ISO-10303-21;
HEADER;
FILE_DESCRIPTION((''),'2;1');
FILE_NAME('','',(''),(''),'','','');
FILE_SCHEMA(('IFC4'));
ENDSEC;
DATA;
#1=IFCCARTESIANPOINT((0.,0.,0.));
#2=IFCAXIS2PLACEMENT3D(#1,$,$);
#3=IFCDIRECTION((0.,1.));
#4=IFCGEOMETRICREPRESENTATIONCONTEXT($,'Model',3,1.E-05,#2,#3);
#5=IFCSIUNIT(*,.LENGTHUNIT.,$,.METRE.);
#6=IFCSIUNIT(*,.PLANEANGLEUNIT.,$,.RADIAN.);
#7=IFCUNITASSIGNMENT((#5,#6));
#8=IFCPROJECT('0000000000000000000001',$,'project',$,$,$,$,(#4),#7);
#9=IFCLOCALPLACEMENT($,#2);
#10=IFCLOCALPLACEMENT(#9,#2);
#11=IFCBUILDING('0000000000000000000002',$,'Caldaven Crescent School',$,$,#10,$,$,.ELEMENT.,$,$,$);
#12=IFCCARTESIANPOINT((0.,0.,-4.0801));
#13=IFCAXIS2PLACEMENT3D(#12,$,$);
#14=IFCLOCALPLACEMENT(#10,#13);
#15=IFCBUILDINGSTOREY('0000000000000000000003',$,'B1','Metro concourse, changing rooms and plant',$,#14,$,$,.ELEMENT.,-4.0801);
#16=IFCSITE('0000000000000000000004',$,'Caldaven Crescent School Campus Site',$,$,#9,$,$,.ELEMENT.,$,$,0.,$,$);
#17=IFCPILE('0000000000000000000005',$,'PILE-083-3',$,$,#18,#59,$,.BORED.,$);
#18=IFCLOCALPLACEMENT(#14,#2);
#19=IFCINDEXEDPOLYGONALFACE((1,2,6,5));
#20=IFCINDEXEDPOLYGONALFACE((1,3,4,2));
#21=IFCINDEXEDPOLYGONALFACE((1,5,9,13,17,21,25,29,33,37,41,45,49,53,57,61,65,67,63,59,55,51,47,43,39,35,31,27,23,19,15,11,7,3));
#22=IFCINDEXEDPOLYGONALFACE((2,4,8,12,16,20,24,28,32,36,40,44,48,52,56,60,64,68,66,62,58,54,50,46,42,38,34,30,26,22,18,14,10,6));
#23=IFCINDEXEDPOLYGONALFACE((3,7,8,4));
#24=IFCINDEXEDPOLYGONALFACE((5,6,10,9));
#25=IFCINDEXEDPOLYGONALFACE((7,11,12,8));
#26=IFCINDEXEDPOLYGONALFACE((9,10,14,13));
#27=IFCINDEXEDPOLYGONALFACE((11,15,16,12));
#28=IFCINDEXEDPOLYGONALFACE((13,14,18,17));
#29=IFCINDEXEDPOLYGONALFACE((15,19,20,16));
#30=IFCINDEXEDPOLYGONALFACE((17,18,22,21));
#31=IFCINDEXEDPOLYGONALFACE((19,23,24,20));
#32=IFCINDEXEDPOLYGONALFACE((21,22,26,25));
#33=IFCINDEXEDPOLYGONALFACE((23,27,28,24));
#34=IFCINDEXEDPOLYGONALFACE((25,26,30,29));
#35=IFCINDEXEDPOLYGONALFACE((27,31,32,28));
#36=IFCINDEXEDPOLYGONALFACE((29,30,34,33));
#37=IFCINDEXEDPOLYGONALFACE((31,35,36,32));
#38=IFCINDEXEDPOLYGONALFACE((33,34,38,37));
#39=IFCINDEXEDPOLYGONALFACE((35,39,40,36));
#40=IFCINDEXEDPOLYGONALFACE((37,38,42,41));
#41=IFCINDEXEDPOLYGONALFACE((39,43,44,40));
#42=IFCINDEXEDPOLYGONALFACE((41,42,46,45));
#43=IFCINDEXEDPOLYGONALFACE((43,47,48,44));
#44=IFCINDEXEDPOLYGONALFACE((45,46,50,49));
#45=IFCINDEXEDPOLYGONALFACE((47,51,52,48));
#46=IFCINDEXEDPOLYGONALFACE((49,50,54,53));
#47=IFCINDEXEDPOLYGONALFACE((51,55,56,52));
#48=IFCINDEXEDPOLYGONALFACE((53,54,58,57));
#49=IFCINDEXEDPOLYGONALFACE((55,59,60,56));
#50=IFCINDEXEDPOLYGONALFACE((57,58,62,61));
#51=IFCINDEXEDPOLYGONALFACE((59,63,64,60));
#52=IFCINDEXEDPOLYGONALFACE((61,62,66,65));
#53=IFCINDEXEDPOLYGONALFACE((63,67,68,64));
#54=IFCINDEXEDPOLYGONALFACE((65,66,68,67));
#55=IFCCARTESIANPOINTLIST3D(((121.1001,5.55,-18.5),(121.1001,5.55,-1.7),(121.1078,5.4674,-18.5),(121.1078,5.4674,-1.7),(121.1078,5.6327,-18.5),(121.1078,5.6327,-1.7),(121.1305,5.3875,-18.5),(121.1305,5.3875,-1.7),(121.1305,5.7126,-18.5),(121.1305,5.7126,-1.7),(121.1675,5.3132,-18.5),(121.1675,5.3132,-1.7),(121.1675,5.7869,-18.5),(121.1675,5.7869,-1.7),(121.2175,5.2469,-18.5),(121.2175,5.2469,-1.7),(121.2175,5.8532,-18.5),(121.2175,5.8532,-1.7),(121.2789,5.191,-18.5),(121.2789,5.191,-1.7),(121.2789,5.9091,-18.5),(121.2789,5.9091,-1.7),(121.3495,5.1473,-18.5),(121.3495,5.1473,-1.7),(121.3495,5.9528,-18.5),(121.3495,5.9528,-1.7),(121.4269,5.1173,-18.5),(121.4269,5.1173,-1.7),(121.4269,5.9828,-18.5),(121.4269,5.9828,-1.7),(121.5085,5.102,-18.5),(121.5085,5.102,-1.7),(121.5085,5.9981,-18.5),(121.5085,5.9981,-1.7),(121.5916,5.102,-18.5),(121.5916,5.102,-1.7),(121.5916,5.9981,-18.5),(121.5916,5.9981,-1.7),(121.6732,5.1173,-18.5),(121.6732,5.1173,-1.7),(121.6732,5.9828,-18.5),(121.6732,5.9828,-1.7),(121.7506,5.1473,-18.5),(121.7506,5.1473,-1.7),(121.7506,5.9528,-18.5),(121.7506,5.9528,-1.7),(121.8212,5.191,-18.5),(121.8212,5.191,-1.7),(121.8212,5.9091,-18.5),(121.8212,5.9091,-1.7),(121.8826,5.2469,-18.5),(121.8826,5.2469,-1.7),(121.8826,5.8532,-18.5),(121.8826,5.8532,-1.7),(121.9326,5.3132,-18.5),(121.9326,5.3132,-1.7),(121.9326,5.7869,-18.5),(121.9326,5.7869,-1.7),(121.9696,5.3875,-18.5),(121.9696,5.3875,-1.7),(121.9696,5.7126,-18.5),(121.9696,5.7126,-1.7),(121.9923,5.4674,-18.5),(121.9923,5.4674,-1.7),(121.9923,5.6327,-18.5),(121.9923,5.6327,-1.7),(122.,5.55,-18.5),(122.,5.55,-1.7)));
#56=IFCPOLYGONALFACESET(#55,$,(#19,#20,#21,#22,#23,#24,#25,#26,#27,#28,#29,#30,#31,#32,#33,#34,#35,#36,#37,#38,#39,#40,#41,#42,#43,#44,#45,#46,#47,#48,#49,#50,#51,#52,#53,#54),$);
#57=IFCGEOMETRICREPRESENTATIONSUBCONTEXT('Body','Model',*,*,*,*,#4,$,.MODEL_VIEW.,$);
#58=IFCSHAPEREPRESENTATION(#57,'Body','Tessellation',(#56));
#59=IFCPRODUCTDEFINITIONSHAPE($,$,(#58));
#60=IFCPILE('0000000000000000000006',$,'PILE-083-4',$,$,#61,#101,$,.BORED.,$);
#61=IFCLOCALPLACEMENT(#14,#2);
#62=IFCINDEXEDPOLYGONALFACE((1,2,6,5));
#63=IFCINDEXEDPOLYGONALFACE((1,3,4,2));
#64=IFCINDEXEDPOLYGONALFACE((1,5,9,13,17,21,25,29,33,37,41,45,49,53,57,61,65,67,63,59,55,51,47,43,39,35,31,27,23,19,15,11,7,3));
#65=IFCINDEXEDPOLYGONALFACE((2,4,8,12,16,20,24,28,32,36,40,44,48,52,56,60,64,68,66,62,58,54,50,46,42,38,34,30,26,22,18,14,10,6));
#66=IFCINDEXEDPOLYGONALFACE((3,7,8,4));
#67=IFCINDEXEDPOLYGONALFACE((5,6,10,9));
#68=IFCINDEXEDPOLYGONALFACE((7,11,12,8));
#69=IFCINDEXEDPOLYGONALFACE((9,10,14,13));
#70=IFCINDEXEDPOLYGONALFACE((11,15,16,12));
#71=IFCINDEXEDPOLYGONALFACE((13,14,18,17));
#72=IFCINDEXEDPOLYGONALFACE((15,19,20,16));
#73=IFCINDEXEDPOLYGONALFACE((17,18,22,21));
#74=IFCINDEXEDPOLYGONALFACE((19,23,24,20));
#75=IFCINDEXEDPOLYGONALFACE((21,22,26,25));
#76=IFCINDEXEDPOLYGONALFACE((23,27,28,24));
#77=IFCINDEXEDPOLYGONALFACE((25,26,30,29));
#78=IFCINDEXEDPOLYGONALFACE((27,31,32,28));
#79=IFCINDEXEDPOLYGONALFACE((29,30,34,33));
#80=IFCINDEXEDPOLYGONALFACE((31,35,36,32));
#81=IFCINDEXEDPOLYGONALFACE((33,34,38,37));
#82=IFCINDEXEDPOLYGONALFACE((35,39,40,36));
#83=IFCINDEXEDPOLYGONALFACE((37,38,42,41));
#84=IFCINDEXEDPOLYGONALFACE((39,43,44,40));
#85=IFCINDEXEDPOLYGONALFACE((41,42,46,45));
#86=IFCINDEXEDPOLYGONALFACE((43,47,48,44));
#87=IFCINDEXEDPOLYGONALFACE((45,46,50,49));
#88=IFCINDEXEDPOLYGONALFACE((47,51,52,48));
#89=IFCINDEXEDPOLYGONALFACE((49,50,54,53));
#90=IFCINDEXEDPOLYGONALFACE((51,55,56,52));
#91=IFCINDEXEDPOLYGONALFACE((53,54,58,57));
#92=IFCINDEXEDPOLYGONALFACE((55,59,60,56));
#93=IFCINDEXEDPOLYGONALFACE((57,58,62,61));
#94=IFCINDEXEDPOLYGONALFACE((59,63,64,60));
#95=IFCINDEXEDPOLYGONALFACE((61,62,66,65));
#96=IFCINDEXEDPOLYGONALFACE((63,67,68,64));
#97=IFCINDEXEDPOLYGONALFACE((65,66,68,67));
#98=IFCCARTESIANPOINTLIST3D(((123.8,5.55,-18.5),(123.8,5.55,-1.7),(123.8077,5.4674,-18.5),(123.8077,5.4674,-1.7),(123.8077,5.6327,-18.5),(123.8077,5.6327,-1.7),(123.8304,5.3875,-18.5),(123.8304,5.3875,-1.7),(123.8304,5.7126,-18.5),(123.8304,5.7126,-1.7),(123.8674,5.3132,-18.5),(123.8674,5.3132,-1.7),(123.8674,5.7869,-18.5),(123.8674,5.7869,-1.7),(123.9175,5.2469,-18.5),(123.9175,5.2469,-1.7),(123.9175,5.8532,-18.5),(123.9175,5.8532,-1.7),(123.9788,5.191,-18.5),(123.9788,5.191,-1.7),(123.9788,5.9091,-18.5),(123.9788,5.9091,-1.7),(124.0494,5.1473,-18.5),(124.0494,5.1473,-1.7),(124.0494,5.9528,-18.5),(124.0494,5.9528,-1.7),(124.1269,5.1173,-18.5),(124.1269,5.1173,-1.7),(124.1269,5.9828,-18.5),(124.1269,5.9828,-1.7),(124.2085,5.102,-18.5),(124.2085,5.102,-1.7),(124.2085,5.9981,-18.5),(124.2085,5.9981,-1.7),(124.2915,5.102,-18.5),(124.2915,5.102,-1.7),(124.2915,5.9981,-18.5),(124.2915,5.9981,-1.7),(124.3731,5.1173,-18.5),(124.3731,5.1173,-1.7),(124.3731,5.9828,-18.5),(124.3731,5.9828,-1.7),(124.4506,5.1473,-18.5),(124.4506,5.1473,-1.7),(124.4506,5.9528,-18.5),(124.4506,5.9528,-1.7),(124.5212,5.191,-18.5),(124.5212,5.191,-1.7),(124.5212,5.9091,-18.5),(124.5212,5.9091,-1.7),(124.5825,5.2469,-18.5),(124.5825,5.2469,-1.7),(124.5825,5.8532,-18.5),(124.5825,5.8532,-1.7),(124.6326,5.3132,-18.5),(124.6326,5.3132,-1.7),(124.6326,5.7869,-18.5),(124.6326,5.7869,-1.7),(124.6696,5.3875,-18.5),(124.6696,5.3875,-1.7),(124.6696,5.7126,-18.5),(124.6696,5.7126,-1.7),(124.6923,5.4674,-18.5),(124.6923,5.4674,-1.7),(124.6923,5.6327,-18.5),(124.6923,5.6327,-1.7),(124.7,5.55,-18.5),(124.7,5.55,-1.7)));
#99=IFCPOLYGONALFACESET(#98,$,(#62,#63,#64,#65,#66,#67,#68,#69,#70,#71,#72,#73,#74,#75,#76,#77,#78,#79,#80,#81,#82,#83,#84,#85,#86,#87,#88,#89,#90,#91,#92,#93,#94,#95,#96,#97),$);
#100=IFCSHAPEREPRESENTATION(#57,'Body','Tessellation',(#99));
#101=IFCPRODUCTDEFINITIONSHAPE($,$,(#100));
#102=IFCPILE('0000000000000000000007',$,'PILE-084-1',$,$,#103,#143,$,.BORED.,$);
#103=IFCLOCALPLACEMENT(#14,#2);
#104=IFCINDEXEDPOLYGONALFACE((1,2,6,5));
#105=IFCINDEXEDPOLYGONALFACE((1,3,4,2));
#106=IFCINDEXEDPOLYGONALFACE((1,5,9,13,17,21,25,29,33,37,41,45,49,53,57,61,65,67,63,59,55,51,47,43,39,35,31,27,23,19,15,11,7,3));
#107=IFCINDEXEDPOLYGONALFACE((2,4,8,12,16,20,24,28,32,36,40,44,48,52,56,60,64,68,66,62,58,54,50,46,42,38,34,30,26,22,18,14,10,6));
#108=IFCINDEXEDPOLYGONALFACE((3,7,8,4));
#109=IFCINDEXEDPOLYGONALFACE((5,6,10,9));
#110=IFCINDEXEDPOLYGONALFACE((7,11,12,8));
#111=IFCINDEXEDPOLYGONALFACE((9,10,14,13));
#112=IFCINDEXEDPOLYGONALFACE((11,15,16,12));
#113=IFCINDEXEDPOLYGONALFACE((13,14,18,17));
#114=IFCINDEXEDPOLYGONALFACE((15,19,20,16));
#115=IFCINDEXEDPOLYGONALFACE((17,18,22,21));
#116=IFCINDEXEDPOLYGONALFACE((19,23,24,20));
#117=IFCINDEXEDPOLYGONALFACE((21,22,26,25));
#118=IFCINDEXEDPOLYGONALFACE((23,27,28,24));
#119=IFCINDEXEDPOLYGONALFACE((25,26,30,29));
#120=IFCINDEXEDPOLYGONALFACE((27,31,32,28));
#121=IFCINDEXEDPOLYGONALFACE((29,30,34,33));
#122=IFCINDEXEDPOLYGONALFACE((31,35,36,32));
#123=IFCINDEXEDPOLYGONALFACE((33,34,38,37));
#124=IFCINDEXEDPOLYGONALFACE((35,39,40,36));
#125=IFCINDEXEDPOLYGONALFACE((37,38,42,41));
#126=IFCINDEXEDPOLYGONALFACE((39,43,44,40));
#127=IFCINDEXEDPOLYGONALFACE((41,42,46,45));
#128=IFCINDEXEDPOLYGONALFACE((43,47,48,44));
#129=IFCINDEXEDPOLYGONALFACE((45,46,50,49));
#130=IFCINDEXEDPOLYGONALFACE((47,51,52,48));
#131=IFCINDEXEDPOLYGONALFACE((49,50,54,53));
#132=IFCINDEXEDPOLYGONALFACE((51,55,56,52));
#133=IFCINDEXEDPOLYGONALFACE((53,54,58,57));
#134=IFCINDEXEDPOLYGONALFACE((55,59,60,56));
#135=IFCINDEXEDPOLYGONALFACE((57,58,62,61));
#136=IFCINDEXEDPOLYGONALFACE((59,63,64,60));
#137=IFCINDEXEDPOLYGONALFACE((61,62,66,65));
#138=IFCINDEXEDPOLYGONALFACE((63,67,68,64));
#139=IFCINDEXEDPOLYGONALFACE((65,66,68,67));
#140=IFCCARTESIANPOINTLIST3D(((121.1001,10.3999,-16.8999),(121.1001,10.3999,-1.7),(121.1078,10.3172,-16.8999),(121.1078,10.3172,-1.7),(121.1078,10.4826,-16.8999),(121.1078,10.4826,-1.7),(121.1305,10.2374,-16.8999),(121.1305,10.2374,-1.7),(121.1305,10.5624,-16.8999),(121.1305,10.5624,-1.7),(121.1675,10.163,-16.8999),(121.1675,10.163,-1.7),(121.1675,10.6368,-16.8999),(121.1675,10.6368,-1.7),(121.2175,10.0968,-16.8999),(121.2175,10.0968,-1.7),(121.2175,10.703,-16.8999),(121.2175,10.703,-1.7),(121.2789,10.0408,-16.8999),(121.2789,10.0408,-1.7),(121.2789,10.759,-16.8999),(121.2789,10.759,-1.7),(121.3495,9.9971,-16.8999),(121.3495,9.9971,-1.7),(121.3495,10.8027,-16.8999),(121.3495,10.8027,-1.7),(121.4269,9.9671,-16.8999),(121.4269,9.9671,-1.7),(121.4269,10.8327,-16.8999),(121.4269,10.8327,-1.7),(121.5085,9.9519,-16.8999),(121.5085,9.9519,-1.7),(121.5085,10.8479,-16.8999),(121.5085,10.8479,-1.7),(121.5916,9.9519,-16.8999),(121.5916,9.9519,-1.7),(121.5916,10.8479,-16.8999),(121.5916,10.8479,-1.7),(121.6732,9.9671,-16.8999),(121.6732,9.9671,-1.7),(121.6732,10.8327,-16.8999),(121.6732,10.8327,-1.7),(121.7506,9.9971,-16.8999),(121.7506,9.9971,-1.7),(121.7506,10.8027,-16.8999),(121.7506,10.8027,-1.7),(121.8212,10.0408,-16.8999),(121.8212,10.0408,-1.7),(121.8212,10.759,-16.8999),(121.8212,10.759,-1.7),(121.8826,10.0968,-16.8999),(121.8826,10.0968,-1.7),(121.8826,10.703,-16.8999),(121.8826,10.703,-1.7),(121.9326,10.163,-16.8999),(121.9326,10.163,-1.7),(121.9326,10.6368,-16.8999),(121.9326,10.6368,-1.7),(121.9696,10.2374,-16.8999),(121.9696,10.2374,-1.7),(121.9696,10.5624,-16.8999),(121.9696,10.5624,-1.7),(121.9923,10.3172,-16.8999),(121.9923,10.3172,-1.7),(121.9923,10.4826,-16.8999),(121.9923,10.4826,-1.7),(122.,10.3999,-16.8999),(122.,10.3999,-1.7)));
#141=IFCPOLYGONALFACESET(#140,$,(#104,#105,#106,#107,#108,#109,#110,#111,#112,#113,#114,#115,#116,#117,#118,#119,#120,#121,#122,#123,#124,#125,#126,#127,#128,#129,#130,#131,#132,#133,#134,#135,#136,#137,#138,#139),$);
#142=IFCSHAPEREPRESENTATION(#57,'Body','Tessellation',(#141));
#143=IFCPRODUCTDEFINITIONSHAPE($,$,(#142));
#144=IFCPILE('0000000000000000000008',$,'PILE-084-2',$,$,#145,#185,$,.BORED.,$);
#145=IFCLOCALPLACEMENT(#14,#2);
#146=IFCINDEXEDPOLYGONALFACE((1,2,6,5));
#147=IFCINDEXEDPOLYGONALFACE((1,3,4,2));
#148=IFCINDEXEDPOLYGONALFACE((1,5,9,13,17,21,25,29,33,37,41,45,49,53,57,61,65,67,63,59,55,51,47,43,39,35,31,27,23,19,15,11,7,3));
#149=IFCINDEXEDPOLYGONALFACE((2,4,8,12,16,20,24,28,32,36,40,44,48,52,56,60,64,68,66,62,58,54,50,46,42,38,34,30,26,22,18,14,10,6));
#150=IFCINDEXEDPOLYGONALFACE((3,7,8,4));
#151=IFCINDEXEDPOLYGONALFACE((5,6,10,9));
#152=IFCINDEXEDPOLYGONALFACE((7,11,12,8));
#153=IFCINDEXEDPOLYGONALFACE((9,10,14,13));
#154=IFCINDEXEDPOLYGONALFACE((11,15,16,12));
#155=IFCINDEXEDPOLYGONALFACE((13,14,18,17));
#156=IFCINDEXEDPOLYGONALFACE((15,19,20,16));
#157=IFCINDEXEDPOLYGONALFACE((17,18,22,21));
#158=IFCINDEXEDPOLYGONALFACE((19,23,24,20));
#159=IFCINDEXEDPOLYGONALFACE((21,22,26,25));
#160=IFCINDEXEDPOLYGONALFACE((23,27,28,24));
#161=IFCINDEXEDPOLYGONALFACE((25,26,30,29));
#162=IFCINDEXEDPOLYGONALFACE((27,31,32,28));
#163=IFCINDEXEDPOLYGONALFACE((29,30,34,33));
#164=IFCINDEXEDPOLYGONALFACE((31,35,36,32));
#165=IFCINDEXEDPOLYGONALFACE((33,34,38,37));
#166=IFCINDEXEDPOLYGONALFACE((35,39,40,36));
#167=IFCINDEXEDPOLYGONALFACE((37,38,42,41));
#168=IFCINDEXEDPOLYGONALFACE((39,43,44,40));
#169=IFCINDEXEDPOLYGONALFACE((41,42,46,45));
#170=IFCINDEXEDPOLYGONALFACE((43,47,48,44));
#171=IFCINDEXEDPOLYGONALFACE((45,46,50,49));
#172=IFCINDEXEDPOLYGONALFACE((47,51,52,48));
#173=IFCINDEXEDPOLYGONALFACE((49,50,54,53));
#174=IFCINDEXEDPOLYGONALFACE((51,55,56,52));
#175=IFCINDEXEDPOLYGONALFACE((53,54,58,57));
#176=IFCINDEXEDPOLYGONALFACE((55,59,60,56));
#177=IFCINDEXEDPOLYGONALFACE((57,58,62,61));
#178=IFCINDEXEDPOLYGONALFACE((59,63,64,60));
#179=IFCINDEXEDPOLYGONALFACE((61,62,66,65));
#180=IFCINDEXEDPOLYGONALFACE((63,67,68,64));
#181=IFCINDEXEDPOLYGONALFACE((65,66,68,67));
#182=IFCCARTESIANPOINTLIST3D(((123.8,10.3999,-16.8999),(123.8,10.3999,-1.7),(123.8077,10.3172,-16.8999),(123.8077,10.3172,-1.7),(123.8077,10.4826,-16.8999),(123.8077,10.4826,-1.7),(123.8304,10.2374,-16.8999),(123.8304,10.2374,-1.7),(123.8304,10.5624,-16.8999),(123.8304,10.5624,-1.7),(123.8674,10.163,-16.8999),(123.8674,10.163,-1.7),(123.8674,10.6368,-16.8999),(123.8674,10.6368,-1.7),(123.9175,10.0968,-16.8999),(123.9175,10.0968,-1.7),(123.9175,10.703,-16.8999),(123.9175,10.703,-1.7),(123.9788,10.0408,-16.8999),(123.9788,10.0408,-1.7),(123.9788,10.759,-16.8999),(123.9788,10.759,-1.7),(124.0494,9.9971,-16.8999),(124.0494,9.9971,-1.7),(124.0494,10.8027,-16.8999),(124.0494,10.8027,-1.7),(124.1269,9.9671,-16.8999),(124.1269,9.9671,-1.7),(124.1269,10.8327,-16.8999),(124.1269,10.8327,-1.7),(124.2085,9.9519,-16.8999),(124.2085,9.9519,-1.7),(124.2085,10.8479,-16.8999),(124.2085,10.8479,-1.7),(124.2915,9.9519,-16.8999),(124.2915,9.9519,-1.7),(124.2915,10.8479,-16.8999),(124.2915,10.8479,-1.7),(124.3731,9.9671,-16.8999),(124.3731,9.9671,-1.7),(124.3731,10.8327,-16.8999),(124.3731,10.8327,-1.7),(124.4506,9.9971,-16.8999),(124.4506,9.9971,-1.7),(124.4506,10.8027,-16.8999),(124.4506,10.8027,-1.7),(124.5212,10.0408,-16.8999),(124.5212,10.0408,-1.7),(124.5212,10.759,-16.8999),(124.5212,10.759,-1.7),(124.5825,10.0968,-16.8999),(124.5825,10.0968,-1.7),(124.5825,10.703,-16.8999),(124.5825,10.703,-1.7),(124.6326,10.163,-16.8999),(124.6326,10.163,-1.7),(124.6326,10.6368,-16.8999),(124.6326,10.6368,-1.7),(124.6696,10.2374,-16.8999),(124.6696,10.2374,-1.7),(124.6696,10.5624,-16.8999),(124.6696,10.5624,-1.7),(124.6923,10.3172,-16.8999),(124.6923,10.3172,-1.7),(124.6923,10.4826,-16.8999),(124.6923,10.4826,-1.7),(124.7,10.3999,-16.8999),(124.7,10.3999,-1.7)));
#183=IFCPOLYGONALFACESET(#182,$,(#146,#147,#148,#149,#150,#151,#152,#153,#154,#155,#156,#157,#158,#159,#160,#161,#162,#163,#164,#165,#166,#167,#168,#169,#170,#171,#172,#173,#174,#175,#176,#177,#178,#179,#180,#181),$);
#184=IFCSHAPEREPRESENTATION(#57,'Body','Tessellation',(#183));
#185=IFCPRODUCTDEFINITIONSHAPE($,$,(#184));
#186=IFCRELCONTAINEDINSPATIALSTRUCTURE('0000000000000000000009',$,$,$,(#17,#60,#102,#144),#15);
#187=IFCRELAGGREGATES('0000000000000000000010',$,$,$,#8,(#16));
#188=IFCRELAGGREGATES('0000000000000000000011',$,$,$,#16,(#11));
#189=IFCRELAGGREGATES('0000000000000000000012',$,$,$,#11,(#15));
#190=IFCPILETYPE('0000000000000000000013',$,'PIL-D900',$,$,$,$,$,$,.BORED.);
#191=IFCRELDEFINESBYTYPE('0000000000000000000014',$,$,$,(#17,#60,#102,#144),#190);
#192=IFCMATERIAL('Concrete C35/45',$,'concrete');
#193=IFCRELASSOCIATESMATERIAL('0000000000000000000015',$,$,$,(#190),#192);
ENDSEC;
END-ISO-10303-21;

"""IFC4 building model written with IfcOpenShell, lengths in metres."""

from ifc_helpers import new_model, si_unit, direction, frame, origin, origin_2d, place, context, subcontext, project, spatial, circle, extrude, material, material_profile, profile_set, type_object, element, save


model = new_model("IFC4")

# Units and contexts
model_context = context("Model", 3, precision=1e-05, world=origin(), true_north=direction((0.0, 1.0)))
body_context = subcontext(model_context, "Body", "Model", "MODEL_VIEW")
ifc_project = project(units=[si_unit("LENGTHUNIT", "METRE"), si_unit("PLANEANGLEUNIT", "RADIAN")], contexts=[model_context])

# Site, building, storey
site_placement = place(None, origin())
site = spatial("IfcSite", under=ifc_project, at=site_placement, Name="Caldaven Crescent School Campus Site", CompositionType="ELEMENT", RefElevation=0.0)
building_placement = place(site_placement, origin())
building = spatial("IfcBuilding", under=site, at=building_placement, Name="Caldaven Crescent School", CompositionType="ELEMENT")
storey_placement = place(building_placement, frame((0.0, 0.0, -4.0801)))
storey = spatial("IfcBuildingStorey", under=building, at=storey_placement, Name="B1", Description="Metro concourse, changing rooms and plant", CompositionType="ELEMENT", Elevation=-4.0801)

# Shared definitions
ifc_material_1 = material(Name="Concrete C35/45", Category="concrete")

# Piles
ifc_material_profile_1 = material_profile(ifc_material_1, circle(Radius=0.45, at=origin_2d()), Name="PILE D900")
ifc_profile_set_1 = profile_set([ifc_material_profile_1], Name="Concrete C35/45")
pile_type = type_object("IfcPileType", Name="PIL-D900", PredefinedType="BORED", material=ifc_profile_set_1)
for number, where, z_axis, x_axis, name in (
    (1, (121.55, 5.55, -1.7), (0.0, 0.0, -1.0), (1.0, 0.0, 0.0), "PILE-083-3"),
    (2, (124.25, 5.55, -1.7), (0.0, 0.0, -1.0), (1.0, 0.0, 0.0), "PILE-083-4"),
):
    element("IfcPile", number, at=place(storey_placement, frame(where, z_axis=z_axis, x_axis=x_axis)), inside=storey, type_object=pile_type, Name=name, PredefinedType="BORED", context=body_context, shape_type="SweptSolid", body=[
        extrude(circle(Radius=0.45, at=origin_2d()), origin(), (0.0, 0.0, 1.0), 16.8),
    ])
for number, where, z_axis, x_axis, name in (
    (3, (121.55, 10.3999, -1.7), (0.0, 0.0, -1.0), (1.0, 0.0, 0.0), "PILE-084-1"),
    (4, (124.25, 10.3999, -1.7), (0.0, 0.0, -1.0), (1.0, 0.0, 0.0), "PILE-084-2"),
):
    element("IfcPile", number, at=place(storey_placement, frame(where, z_axis=z_axis, x_axis=x_axis)), inside=storey, type_object=pile_type, Name=name, PredefinedType="BORED", context=body_context, shape_type="SweptSolid", body=[
        extrude(circle(Radius=0.45, at=origin_2d()), origin(), (0.0, 0.0, 1.0), 15.2),
    ])

save(model, "model.ifc")
